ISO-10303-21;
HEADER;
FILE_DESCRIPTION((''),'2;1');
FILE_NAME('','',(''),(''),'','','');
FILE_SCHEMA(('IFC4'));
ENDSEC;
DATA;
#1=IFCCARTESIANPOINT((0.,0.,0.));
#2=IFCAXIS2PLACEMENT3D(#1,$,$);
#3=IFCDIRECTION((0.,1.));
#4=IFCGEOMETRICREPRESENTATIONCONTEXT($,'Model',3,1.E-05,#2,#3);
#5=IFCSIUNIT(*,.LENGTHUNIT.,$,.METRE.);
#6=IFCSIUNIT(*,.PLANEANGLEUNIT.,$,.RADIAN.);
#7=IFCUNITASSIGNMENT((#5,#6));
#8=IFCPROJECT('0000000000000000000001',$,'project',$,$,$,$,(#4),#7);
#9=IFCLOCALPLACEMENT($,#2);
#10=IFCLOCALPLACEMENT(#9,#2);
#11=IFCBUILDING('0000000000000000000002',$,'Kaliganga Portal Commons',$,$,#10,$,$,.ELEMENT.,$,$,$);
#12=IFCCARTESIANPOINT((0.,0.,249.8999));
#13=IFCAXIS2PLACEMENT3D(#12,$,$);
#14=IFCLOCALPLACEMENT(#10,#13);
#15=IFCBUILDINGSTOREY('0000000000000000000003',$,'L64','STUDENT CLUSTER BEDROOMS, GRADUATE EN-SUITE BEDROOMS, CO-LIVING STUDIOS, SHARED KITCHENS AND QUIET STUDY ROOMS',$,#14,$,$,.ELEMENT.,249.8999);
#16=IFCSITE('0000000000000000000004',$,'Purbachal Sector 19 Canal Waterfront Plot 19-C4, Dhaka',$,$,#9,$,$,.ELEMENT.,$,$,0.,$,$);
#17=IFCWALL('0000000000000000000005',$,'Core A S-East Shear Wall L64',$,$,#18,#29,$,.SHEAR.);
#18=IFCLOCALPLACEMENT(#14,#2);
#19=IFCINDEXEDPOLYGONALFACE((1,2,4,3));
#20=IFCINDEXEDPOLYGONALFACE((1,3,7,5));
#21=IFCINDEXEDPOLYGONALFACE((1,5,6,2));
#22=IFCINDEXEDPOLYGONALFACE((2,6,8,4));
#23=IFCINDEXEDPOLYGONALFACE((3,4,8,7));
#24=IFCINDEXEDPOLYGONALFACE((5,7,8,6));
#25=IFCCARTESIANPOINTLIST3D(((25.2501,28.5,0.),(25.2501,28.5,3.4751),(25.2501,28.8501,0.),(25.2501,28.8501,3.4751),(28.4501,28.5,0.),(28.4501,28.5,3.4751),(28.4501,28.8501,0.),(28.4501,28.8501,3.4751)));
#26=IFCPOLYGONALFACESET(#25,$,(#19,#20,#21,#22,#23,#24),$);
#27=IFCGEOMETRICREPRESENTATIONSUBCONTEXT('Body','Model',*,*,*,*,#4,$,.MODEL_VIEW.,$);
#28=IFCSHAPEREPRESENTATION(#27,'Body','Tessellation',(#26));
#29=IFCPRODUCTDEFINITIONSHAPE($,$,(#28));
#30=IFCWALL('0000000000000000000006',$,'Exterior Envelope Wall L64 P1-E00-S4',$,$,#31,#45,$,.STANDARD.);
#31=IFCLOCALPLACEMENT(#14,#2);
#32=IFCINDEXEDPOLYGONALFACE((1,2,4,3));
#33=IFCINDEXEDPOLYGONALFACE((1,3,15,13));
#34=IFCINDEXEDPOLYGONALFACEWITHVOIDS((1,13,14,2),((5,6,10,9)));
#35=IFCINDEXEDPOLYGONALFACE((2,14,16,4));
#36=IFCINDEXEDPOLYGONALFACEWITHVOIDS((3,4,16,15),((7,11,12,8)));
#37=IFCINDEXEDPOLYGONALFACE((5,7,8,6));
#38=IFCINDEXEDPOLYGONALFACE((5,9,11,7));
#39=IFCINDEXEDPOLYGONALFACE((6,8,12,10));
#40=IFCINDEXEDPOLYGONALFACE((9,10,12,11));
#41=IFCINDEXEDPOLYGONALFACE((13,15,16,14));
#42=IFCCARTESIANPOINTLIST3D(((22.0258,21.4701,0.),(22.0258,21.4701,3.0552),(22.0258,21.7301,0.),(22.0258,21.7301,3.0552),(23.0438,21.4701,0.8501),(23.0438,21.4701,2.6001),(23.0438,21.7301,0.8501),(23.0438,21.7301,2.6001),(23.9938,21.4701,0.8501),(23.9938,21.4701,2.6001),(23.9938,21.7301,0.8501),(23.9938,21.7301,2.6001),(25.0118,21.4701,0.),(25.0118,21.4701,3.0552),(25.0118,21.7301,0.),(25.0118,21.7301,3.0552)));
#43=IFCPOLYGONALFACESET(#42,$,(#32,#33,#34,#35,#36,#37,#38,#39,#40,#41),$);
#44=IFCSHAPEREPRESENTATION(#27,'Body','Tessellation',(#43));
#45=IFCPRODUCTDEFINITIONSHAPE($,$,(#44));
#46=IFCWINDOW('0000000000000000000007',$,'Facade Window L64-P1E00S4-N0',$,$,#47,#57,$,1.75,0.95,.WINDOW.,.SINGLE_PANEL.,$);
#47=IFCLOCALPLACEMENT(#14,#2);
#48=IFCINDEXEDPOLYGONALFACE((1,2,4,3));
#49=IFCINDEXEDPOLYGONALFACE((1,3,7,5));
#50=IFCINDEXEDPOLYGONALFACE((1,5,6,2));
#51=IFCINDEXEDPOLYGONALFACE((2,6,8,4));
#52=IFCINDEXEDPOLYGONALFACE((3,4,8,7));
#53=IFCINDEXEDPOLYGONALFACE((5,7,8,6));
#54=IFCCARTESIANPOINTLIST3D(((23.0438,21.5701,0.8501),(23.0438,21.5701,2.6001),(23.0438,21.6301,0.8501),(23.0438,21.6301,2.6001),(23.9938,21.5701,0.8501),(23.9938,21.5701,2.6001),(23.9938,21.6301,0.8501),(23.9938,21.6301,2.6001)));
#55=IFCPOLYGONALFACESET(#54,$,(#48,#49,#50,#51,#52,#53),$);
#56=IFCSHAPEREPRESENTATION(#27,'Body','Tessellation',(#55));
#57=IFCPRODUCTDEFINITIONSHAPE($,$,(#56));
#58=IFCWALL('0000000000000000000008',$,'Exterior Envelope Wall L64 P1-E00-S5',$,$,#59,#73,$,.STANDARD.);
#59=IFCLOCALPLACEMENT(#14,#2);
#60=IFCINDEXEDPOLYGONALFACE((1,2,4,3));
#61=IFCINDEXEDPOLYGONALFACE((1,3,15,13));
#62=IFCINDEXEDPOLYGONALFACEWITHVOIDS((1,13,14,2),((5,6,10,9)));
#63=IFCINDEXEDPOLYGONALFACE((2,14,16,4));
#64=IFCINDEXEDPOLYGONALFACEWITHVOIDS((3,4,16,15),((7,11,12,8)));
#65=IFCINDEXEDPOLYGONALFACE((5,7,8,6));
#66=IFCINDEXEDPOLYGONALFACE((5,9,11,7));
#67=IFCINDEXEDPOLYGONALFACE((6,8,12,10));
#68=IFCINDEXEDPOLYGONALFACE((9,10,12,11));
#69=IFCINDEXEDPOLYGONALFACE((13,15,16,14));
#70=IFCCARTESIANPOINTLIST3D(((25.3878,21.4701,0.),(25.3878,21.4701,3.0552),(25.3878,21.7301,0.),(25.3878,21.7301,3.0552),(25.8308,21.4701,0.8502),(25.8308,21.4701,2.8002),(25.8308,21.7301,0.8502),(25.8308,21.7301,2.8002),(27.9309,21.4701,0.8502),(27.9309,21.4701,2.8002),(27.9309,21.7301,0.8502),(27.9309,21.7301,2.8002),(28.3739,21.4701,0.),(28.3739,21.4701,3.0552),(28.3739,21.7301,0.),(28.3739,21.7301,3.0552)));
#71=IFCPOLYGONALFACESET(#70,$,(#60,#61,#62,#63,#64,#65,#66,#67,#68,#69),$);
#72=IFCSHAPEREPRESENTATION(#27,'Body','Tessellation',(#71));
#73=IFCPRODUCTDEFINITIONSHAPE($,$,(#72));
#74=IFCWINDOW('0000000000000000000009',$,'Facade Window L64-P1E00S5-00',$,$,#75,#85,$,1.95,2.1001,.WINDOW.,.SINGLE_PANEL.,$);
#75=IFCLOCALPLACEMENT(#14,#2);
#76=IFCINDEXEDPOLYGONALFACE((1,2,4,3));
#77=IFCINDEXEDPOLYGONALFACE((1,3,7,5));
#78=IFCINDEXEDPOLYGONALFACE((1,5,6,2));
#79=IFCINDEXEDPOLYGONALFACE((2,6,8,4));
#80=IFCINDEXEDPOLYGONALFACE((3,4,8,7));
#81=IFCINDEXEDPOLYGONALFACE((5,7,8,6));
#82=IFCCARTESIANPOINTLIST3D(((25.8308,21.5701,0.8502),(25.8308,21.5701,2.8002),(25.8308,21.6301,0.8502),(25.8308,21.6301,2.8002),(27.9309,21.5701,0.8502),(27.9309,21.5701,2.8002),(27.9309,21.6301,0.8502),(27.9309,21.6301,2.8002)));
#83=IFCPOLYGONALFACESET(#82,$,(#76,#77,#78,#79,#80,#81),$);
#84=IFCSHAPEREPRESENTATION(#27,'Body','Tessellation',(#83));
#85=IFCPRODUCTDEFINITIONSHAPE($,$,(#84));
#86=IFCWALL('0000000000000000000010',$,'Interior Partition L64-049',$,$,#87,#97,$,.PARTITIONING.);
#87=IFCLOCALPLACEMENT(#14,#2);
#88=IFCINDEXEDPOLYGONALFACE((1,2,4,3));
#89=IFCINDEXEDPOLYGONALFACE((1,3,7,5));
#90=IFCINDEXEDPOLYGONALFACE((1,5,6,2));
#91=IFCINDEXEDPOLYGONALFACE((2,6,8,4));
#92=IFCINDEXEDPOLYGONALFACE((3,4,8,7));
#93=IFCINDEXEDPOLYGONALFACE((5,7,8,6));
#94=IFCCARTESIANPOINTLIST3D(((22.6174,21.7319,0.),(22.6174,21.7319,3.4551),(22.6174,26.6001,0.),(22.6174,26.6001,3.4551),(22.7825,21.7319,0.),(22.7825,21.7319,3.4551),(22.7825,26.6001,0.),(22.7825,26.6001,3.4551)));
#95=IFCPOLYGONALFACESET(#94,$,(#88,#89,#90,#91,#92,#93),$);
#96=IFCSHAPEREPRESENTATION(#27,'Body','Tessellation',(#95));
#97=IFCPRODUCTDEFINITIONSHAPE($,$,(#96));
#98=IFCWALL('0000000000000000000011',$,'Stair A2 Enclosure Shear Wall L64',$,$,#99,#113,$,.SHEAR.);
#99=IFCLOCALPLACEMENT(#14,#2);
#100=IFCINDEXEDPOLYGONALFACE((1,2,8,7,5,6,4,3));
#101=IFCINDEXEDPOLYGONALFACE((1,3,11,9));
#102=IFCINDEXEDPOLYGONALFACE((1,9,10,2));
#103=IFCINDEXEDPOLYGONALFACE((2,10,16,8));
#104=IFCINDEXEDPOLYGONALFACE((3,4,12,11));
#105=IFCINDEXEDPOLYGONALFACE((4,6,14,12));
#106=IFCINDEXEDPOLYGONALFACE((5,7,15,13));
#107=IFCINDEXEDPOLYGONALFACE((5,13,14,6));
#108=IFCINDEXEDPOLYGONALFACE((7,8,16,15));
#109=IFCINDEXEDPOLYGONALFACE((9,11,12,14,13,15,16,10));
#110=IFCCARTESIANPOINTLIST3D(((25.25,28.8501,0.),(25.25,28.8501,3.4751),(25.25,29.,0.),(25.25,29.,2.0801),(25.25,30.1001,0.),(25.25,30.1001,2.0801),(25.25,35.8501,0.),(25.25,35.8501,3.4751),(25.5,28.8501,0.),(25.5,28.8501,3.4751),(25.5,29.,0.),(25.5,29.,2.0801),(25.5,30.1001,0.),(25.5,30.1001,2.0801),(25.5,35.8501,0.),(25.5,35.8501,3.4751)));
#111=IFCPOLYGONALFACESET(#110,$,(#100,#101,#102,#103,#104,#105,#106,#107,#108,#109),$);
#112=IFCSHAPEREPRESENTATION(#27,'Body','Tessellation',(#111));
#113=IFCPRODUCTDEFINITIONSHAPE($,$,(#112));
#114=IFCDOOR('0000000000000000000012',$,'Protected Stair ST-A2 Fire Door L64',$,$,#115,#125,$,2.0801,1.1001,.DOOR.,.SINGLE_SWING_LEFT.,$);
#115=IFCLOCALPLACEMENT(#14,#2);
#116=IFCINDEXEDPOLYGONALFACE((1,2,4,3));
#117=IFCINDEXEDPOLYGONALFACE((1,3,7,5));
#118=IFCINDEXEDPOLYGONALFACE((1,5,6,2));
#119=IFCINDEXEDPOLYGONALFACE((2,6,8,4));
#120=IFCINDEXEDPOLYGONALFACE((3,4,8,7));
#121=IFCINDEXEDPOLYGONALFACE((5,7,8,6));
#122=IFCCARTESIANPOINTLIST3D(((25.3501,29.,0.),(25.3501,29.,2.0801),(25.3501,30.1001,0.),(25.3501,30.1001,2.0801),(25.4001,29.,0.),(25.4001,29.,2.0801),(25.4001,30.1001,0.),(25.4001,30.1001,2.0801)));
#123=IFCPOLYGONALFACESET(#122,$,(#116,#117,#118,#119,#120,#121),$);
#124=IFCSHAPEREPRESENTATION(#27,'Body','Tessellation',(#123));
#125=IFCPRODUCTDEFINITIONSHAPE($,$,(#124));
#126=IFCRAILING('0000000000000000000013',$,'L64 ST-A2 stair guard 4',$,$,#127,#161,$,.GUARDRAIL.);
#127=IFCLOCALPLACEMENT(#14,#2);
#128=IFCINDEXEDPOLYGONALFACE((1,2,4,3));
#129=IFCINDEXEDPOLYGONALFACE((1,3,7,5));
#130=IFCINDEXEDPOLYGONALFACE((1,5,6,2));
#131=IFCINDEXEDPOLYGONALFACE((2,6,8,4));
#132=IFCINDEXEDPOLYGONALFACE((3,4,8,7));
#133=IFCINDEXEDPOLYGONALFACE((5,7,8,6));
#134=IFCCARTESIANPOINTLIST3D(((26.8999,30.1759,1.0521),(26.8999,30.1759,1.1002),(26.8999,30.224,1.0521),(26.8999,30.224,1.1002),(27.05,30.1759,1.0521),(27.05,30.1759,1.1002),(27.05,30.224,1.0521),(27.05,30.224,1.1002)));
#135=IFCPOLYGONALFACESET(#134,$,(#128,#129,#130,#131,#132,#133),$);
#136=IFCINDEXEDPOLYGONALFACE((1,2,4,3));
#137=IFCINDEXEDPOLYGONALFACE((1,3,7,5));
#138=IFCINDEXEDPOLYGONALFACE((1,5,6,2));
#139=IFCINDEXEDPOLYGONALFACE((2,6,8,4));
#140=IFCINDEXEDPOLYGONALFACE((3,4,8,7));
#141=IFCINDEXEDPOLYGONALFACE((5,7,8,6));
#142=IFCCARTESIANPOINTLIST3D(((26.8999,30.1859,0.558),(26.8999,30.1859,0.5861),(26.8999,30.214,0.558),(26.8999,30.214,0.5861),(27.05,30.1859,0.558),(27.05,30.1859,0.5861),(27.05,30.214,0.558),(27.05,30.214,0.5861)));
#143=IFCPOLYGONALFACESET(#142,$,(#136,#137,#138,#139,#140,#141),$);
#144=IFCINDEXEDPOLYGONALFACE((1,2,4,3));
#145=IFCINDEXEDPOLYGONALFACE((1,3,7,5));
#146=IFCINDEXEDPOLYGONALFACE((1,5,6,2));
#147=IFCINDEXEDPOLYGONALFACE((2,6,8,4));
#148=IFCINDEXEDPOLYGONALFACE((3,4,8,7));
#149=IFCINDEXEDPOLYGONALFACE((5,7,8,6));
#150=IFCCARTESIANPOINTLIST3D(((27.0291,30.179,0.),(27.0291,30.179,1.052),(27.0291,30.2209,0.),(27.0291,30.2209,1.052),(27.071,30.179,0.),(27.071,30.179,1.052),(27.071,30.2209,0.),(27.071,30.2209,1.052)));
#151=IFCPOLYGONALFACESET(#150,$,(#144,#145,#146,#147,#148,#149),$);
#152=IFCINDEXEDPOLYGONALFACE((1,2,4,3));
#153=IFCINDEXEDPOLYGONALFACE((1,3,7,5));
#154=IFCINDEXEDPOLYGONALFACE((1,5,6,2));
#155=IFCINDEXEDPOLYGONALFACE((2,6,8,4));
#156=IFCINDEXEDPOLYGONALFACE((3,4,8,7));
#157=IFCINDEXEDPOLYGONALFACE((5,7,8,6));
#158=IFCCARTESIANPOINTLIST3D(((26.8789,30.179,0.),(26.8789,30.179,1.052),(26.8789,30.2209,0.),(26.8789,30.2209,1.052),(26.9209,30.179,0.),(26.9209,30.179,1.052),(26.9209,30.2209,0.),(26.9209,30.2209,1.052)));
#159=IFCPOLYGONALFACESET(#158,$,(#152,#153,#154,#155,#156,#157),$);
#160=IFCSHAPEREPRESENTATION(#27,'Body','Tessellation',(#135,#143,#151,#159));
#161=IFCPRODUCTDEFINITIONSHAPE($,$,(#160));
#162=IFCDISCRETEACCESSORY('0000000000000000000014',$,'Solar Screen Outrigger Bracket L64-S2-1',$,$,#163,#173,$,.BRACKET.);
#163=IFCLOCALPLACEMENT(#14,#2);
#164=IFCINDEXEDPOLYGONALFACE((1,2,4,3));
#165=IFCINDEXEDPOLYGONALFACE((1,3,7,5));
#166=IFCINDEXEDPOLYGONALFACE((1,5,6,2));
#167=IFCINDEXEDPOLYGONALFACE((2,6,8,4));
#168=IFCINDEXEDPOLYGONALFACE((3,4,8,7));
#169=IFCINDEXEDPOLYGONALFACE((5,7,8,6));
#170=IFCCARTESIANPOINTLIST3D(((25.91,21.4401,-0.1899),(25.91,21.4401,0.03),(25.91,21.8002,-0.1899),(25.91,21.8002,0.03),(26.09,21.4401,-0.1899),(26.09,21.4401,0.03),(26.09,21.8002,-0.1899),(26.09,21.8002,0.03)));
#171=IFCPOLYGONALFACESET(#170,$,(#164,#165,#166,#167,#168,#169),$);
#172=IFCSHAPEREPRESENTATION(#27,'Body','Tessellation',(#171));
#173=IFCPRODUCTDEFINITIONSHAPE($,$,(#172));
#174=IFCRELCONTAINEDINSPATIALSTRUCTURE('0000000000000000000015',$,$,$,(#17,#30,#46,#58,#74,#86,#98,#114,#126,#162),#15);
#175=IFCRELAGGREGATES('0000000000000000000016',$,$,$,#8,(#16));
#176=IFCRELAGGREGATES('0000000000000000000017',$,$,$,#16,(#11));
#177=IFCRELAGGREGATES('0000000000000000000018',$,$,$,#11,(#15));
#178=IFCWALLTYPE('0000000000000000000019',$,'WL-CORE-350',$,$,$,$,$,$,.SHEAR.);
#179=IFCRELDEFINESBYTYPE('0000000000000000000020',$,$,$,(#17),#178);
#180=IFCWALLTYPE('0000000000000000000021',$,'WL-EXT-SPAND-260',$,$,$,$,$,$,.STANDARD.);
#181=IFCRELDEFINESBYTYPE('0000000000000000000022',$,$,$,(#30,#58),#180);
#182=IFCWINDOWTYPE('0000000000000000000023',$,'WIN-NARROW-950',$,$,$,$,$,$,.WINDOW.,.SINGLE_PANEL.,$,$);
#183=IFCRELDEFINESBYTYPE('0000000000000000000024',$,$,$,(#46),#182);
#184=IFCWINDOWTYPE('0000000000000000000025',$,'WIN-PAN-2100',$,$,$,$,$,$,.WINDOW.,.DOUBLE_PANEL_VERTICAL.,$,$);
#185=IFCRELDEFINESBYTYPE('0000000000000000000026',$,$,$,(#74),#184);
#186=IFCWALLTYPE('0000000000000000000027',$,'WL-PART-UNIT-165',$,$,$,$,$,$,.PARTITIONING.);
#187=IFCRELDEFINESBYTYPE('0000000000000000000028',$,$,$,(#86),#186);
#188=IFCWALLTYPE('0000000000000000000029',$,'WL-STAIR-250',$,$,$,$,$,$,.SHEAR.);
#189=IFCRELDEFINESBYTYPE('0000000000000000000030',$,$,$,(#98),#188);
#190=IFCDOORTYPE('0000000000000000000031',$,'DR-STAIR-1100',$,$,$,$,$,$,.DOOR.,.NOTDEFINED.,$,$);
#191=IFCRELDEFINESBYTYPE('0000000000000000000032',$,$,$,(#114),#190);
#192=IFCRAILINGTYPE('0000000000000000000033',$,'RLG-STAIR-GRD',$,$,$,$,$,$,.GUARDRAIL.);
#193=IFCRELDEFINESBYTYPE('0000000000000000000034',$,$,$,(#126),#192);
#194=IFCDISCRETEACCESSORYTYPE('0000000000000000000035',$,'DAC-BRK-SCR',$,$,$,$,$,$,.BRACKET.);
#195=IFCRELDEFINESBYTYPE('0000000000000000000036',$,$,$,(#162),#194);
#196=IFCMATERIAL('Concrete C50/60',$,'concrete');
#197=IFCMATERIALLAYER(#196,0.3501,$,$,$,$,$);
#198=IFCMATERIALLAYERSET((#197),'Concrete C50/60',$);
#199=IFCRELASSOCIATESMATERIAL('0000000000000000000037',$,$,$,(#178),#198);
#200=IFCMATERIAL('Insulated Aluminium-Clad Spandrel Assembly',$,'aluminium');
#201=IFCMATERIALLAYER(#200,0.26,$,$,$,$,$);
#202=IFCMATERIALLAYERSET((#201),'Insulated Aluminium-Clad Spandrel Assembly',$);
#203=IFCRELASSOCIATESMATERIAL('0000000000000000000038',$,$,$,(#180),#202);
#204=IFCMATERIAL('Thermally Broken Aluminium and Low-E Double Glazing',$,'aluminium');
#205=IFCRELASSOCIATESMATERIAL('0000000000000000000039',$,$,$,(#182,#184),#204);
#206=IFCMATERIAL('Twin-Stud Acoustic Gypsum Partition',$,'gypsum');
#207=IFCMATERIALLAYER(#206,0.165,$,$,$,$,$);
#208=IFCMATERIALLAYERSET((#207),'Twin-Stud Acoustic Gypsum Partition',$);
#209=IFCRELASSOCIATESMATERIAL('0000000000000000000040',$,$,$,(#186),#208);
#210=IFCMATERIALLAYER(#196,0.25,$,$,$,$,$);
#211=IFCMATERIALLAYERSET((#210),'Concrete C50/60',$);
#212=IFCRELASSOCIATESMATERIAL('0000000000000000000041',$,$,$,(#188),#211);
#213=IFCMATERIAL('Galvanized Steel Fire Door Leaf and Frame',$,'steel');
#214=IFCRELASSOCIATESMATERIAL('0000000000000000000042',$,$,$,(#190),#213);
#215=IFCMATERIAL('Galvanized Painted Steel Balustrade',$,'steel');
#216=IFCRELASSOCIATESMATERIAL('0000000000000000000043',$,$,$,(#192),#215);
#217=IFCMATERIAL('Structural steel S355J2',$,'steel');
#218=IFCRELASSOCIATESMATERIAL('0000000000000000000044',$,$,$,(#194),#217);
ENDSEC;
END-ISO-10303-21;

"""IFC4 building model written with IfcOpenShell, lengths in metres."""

from ifc_helpers import new_model, si_unit, direction, frame, frame_2d, origin, origin_2d, place, context, subcontext, project, spatial, rectangle, extrude, source, transform, mapped, material, layer, layer_set, type_object, element, fill, save


model = new_model("IFC4")

# Units and contexts
model_context = context("Model", 3, precision=1e-05, world=origin(), true_north=direction((0.0, 1.0)))
body_context = subcontext(model_context, "Body", "Model", "MODEL_VIEW")
ifc_project = project(units=[si_unit("LENGTHUNIT", "METRE"), si_unit("PLANEANGLEUNIT", "RADIAN")], contexts=[model_context])

# Site, building, storey
site_placement = place(None, origin())
site = spatial("IfcSite", under=ifc_project, at=site_placement, Name="Purbachal Sector 19 Canal Waterfront Plot 19-C4, Dhaka", CompositionType="ELEMENT", RefElevation=0.0)
building_placement = place(site_placement, origin())
building = spatial("IfcBuilding", under=site, at=building_placement, Name="Kaliganga Portal Commons", CompositionType="ELEMENT")
storey_placement = place(building_placement, frame((0.0, 0.0, 249.8999)))
storey = spatial("IfcBuildingStorey", under=building, at=storey_placement, Name="L64", Description="STUDENT CLUSTER BEDROOMS, GRADUATE EN-SUITE BEDROOMS, CO-LIVING STUDIOS, SHARED KITCHENS AND QUIET STUDY ROOMS", CompositionType="ELEMENT", Elevation=249.8999)

# Shared definitions
ifc_material_1 = material(Name="Structural steel S355J2", Category="steel")

# Wall
ifc_material_2 = material(Name="Concrete C50/60", Category="concrete")
ifc_layer_1 = layer(ifc_material_2, 0.3501)
ifc_layer_set_1 = layer_set([ifc_layer_1], Name="Concrete C50/60")
wall_type_1 = type_object("IfcWallType", Name="WL-CORE-350", PredefinedType="SHEAR", material=ifc_layer_set_1)
wall_1_placement = place(storey_placement, frame((25.25, 28.675, 0.0), z_axis=(0.0, 0.0, 1.0), x_axis=(1.0, 0.0, 0.0)))
element("IfcWall", 1, at=wall_1_placement, inside=storey, type_object=wall_type_1, Name="Core A S-East Shear Wall L64", PredefinedType="SHEAR", context=body_context, shape_type="SweptSolid", body=[
    extrude(rectangle(XDim=3.2, YDim=0.3501, at=frame_2d((1.6001, 0.0))), origin(), (0.0, 0.0, 1.0), 3.4751),
])

# Walls, openings, windows
ifc_material_3 = material(Name="Insulated Aluminium-Clad Spandrel Assembly", Category="aluminium")
ifc_layer_2 = layer(ifc_material_3, 0.26)
ifc_layer_set_2 = layer_set([ifc_layer_2], Name="Insulated Aluminium-Clad Spandrel Assembly")
wall_type_2 = type_object("IfcWallType", Name="WL-EXT-SPAND-260", PredefinedType="STANDARD", material=ifc_layer_set_2)
wall_2_placement = place(storey_placement, frame((25.012, 21.6001, 0.0), z_axis=(0.0, 0.0, 1.0), x_axis=(-1.0, 0.0, 0.0)))
wall_2 = element("IfcWall", 2, at=wall_2_placement, inside=storey, type_object=wall_type_2, Name="Exterior Envelope Wall L64 P1-E00-S4", PredefinedType="STANDARD", context=body_context, shape_type="SweptSolid", body=[
    extrude(rectangle(XDim=2.9861, YDim=0.26, at=frame_2d((1.4932, 0.0))), origin(), (0.0, 0.0, 1.0), 3.0552),
])
opening_1_placement = place(wall_2_placement, frame((1.0181, 0.0, 0.8501)))
opening_1 = element("IfcOpeningElement", 3, at=opening_1_placement, cuts=wall_2, PredefinedType="OPENING", context=body_context, shape_type="SweptSolid", body=[
    extrude(rectangle(XDim=0.95, YDim=1.75, at=frame_2d((0.4751, 0.875))), frame((0.0, 0.1401, 0.0), z_axis=(0.0, -1.0, 0.0), x_axis=(1.0, 0.0, 0.0)), (0.0, 0.0, 1.0), 0.28),
])
ifc_material_4 = material(Name="Thermally Broken Aluminium and Low-E Double Glazing", Category="aluminium")
window_type_1 = type_object("IfcWindowType", Name="WIN-NARROW-950", PartitioningType="SINGLE_PANEL", PredefinedType="WINDOW", material=ifc_material_4)
window_1_placement = place(opening_1_placement, origin())
window_1 = element("IfcWindow", 4, at=window_1_placement, inside=storey, type_object=window_type_1, Name="Facade Window L64-P1E00S4-N0", OverallHeight=1.75, OverallWidth=0.95, PartitioningType="SINGLE_PANEL", PredefinedType="WINDOW", context=body_context, shape_type="SweptSolid", body=[
    extrude(rectangle(XDim=0.95, YDim=1.75, at=frame_2d((0.4751, 0.875))), frame((0.0, 0.03, 0.0), z_axis=(0.0, -1.0, 0.0), x_axis=(1.0, 0.0, 0.0)), (0.0, 0.0, 1.0), 0.0601),
])
fill(opening_1, window_1)
wall_3_placement = place(storey_placement, frame((28.374, 21.6001, 0.0), z_axis=(0.0, 0.0, 1.0), x_axis=(-1.0, 0.0, 0.0)))
wall_3 = element("IfcWall", 5, at=wall_3_placement, inside=storey, type_object=wall_type_2, Name="Exterior Envelope Wall L64 P1-E00-S5", PredefinedType="STANDARD", context=body_context, shape_type="SweptSolid", body=[
    extrude(rectangle(XDim=2.9861, YDim=0.26, at=frame_2d((1.4932, 0.0))), origin(), (0.0, 0.0, 1.0), 3.0552),
])
opening_2_placement = place(wall_3_placement, frame((0.4431, 0.0, 0.8501)))
opening_2 = element("IfcOpeningElement", 6, at=opening_2_placement, cuts=wall_3, PredefinedType="OPENING", context=body_context, shape_type="SweptSolid", body=[
    extrude(rectangle(XDim=2.1001, YDim=1.95, at=frame_2d((1.05, 0.9751))), frame((0.0, 0.1401, 0.0), z_axis=(0.0, -1.0, 0.0), x_axis=(1.0, 0.0, 0.0)), (0.0, 0.0, 1.0), 0.28),
])
window_type_2 = type_object("IfcWindowType", Name="WIN-PAN-2100", PartitioningType="DOUBLE_PANEL_VERTICAL", PredefinedType="WINDOW", material=ifc_material_4)
window_2_placement = place(opening_2_placement, origin())
window_2 = element("IfcWindow", 7, at=window_2_placement, inside=storey, type_object=window_type_2, Name="Facade Window L64-P1E00S5-00", OverallHeight=1.95, OverallWidth=2.1001, PartitioningType="SINGLE_PANEL", PredefinedType="WINDOW", context=body_context, shape_type="SweptSolid", body=[
    extrude(rectangle(XDim=2.1001, YDim=1.95, at=frame_2d((1.05, 0.9751))), frame((0.0, 0.03, 0.0), z_axis=(0.0, -1.0, 0.0), x_axis=(1.0, 0.0, 0.0)), (0.0, 0.0, 1.0), 0.0601),
])
fill(opening_2, window_2)

# Wall
ifc_material_5 = material(Name="Twin-Stud Acoustic Gypsum Partition", Category="gypsum")
ifc_layer_3 = layer(ifc_material_5, 0.165)
ifc_layer_set_3 = layer_set([ifc_layer_3], Name="Twin-Stud Acoustic Gypsum Partition")
wall_type_3 = type_object("IfcWallType", Name="WL-PART-UNIT-165", PredefinedType="PARTITIONING", material=ifc_layer_set_3)
wall_4_placement = place(storey_placement, frame((22.7, 21.7319, 0.0), z_axis=(0.0, 0.0, 1.0), x_axis=(0.0, 1.0, 0.0)))
element("IfcWall", 8, at=wall_4_placement, inside=storey, type_object=wall_type_3, Name="Interior Partition L64-049", PredefinedType="PARTITIONING", context=body_context, shape_type="SweptSolid", body=[
    extrude(rectangle(XDim=4.8682, YDim=0.165, at=frame_2d((2.4341, 0.0))), origin(), (0.0, 0.0, 1.0), 3.4551),
])

# Wall, opening, door
ifc_layer_4 = layer(ifc_material_2, 0.25)
ifc_layer_set_4 = layer_set([ifc_layer_4], Name="Concrete C50/60")
wall_type_4 = type_object("IfcWallType", Name="WL-STAIR-250", PredefinedType="SHEAR", material=ifc_layer_set_4)
wall_5_placement = place(storey_placement, frame((25.375, 28.8501, 0.0), z_axis=(0.0, 0.0, 1.0), x_axis=(0.0, 1.0, 0.0)))
wall_5 = element("IfcWall", 9, at=wall_5_placement, inside=storey, type_object=wall_type_4, Name="Stair A2 Enclosure Shear Wall L64", PredefinedType="SHEAR", context=body_context, shape_type="SweptSolid", body=[
    extrude(rectangle(XDim=7.0, YDim=0.25, at=frame_2d((3.5, 0.0))), origin(), (0.0, 0.0, 1.0), 3.4751),
])
opening_3_placement = place(wall_5_placement, frame((0.1499, 0.0, 0.0)))
opening_3 = element("IfcOpeningElement", 10, at=opening_3_placement, cuts=wall_5, PredefinedType="OPENING", context=body_context, shape_type="SweptSolid", body=[
    extrude(rectangle(XDim=1.1001, YDim=2.0801, at=frame_2d((0.55, 1.04))), frame((0.0, 0.135, 0.0), z_axis=(0.0, -1.0, 0.0), x_axis=(1.0, 0.0, 0.0)), (0.0, 0.0, 1.0), 0.27),
])
ifc_material_6 = material(Name="Galvanized Steel Fire Door Leaf and Frame", Category="steel")
door_type = type_object("IfcDoorType", Name="DR-STAIR-1100", OperationType="NOTDEFINED", PredefinedType="DOOR", material=ifc_material_6)
door_placement = place(opening_3_placement, origin())
door = element("IfcDoor", 11, at=door_placement, inside=storey, type_object=door_type, Name="Protected Stair ST-A2 Fire Door L64", OperationType="SINGLE_SWING_LEFT", OverallHeight=2.0801, OverallWidth=1.1001, PredefinedType="DOOR", context=body_context, shape_type="SweptSolid", body=[
    extrude(rectangle(XDim=1.1001, YDim=2.0801, at=frame_2d((0.55, 1.04))), frame((0.0, 0.0249, 0.0), z_axis=(0.0, -1.0, 0.0), x_axis=(1.0, 0.0, 0.0)), (0.0, 0.0, 1.0), 0.05),
])
fill(opening_3, door)

# Railing
ifc_material_7 = material(Name="Galvanized Painted Steel Balustrade", Category="steel")
railing_type = type_object("IfcRailingType", Name="RLG-STAIR-GRD", PredefinedType="GUARDRAIL", material=ifc_material_7)
railing_placement = place(storey_placement, frame((27.05, 30.2, 0.0)))
element("IfcRailing", 12, at=railing_placement, inside=storey, type_object=railing_type, Name="L64 ST-A2 stair guard 4", PredefinedType="GUARDRAIL", context=body_context, shape_type="SweptSolid", body=[
    extrude(rectangle(XDim=0.0481, YDim=0.0481, at=origin_2d()), frame((0.0, 0.0, 1.0762), z_axis=(-1.0, 0.0, 0.0), x_axis=(0.0, -1.0, 0.0)), (0.0, 0.0, 1.0), 0.1501),
    extrude(rectangle(XDim=0.0281, YDim=0.0281, at=origin_2d()), frame((0.0, 0.0, 0.572), z_axis=(-1.0, 0.0, 0.0), x_axis=(0.0, -1.0, 0.0)), (0.0, 0.0, 1.0), 0.1501),
    extrude(rectangle(XDim=0.042, YDim=0.042, at=origin_2d()), origin(), (0.0, 0.0, 1.0), 1.052),
    extrude(rectangle(XDim=0.042, YDim=0.042, at=origin_2d()), frame((-0.1501, 0.0, 0.0)), (0.0, 0.0, 1.0), 1.052),
])

# Discrete accessory
discrete_accessory_type = type_object("IfcDiscreteAccessoryType", Name="DAC-BRK-SCR", PredefinedType="BRACKET", material=ifc_material_1)
shared_shape_1 = source(origin(), body_context, "Body", "SweptSolid", [
    extrude(rectangle(XDim=0.1799, YDim=0.3601, at=origin_2d()), origin(), (0.0, 0.0, 1.0), 0.22),
])
for number, where, z_axis, x_axis, name in (
    (13, (26.0, 21.6201, -0.1899), (0.0, 0.0, 1.0), (1.0, 0.0, 0.0), "Solar Screen Outrigger Bracket L64-S2-1"),
):
    element("IfcDiscreteAccessory", number, at=place(storey_placement, frame(where, z_axis=z_axis, x_axis=x_axis)), inside=storey, type_object=discrete_accessory_type, Name=name, PredefinedType="BRACKET", context=body_context, shape_type="MappedRepresentation", body=[
        mapped(shared_shape_1, transform((0.0, 0.0, 0.0), x_axis=(1.0, 0.0, 0.0), y_axis=(0.0, 1.0, 0.0), z_axis=(0.0, 0.0, 1.0), scale=1.0)),
    ])

save(model, "model.ifc")
